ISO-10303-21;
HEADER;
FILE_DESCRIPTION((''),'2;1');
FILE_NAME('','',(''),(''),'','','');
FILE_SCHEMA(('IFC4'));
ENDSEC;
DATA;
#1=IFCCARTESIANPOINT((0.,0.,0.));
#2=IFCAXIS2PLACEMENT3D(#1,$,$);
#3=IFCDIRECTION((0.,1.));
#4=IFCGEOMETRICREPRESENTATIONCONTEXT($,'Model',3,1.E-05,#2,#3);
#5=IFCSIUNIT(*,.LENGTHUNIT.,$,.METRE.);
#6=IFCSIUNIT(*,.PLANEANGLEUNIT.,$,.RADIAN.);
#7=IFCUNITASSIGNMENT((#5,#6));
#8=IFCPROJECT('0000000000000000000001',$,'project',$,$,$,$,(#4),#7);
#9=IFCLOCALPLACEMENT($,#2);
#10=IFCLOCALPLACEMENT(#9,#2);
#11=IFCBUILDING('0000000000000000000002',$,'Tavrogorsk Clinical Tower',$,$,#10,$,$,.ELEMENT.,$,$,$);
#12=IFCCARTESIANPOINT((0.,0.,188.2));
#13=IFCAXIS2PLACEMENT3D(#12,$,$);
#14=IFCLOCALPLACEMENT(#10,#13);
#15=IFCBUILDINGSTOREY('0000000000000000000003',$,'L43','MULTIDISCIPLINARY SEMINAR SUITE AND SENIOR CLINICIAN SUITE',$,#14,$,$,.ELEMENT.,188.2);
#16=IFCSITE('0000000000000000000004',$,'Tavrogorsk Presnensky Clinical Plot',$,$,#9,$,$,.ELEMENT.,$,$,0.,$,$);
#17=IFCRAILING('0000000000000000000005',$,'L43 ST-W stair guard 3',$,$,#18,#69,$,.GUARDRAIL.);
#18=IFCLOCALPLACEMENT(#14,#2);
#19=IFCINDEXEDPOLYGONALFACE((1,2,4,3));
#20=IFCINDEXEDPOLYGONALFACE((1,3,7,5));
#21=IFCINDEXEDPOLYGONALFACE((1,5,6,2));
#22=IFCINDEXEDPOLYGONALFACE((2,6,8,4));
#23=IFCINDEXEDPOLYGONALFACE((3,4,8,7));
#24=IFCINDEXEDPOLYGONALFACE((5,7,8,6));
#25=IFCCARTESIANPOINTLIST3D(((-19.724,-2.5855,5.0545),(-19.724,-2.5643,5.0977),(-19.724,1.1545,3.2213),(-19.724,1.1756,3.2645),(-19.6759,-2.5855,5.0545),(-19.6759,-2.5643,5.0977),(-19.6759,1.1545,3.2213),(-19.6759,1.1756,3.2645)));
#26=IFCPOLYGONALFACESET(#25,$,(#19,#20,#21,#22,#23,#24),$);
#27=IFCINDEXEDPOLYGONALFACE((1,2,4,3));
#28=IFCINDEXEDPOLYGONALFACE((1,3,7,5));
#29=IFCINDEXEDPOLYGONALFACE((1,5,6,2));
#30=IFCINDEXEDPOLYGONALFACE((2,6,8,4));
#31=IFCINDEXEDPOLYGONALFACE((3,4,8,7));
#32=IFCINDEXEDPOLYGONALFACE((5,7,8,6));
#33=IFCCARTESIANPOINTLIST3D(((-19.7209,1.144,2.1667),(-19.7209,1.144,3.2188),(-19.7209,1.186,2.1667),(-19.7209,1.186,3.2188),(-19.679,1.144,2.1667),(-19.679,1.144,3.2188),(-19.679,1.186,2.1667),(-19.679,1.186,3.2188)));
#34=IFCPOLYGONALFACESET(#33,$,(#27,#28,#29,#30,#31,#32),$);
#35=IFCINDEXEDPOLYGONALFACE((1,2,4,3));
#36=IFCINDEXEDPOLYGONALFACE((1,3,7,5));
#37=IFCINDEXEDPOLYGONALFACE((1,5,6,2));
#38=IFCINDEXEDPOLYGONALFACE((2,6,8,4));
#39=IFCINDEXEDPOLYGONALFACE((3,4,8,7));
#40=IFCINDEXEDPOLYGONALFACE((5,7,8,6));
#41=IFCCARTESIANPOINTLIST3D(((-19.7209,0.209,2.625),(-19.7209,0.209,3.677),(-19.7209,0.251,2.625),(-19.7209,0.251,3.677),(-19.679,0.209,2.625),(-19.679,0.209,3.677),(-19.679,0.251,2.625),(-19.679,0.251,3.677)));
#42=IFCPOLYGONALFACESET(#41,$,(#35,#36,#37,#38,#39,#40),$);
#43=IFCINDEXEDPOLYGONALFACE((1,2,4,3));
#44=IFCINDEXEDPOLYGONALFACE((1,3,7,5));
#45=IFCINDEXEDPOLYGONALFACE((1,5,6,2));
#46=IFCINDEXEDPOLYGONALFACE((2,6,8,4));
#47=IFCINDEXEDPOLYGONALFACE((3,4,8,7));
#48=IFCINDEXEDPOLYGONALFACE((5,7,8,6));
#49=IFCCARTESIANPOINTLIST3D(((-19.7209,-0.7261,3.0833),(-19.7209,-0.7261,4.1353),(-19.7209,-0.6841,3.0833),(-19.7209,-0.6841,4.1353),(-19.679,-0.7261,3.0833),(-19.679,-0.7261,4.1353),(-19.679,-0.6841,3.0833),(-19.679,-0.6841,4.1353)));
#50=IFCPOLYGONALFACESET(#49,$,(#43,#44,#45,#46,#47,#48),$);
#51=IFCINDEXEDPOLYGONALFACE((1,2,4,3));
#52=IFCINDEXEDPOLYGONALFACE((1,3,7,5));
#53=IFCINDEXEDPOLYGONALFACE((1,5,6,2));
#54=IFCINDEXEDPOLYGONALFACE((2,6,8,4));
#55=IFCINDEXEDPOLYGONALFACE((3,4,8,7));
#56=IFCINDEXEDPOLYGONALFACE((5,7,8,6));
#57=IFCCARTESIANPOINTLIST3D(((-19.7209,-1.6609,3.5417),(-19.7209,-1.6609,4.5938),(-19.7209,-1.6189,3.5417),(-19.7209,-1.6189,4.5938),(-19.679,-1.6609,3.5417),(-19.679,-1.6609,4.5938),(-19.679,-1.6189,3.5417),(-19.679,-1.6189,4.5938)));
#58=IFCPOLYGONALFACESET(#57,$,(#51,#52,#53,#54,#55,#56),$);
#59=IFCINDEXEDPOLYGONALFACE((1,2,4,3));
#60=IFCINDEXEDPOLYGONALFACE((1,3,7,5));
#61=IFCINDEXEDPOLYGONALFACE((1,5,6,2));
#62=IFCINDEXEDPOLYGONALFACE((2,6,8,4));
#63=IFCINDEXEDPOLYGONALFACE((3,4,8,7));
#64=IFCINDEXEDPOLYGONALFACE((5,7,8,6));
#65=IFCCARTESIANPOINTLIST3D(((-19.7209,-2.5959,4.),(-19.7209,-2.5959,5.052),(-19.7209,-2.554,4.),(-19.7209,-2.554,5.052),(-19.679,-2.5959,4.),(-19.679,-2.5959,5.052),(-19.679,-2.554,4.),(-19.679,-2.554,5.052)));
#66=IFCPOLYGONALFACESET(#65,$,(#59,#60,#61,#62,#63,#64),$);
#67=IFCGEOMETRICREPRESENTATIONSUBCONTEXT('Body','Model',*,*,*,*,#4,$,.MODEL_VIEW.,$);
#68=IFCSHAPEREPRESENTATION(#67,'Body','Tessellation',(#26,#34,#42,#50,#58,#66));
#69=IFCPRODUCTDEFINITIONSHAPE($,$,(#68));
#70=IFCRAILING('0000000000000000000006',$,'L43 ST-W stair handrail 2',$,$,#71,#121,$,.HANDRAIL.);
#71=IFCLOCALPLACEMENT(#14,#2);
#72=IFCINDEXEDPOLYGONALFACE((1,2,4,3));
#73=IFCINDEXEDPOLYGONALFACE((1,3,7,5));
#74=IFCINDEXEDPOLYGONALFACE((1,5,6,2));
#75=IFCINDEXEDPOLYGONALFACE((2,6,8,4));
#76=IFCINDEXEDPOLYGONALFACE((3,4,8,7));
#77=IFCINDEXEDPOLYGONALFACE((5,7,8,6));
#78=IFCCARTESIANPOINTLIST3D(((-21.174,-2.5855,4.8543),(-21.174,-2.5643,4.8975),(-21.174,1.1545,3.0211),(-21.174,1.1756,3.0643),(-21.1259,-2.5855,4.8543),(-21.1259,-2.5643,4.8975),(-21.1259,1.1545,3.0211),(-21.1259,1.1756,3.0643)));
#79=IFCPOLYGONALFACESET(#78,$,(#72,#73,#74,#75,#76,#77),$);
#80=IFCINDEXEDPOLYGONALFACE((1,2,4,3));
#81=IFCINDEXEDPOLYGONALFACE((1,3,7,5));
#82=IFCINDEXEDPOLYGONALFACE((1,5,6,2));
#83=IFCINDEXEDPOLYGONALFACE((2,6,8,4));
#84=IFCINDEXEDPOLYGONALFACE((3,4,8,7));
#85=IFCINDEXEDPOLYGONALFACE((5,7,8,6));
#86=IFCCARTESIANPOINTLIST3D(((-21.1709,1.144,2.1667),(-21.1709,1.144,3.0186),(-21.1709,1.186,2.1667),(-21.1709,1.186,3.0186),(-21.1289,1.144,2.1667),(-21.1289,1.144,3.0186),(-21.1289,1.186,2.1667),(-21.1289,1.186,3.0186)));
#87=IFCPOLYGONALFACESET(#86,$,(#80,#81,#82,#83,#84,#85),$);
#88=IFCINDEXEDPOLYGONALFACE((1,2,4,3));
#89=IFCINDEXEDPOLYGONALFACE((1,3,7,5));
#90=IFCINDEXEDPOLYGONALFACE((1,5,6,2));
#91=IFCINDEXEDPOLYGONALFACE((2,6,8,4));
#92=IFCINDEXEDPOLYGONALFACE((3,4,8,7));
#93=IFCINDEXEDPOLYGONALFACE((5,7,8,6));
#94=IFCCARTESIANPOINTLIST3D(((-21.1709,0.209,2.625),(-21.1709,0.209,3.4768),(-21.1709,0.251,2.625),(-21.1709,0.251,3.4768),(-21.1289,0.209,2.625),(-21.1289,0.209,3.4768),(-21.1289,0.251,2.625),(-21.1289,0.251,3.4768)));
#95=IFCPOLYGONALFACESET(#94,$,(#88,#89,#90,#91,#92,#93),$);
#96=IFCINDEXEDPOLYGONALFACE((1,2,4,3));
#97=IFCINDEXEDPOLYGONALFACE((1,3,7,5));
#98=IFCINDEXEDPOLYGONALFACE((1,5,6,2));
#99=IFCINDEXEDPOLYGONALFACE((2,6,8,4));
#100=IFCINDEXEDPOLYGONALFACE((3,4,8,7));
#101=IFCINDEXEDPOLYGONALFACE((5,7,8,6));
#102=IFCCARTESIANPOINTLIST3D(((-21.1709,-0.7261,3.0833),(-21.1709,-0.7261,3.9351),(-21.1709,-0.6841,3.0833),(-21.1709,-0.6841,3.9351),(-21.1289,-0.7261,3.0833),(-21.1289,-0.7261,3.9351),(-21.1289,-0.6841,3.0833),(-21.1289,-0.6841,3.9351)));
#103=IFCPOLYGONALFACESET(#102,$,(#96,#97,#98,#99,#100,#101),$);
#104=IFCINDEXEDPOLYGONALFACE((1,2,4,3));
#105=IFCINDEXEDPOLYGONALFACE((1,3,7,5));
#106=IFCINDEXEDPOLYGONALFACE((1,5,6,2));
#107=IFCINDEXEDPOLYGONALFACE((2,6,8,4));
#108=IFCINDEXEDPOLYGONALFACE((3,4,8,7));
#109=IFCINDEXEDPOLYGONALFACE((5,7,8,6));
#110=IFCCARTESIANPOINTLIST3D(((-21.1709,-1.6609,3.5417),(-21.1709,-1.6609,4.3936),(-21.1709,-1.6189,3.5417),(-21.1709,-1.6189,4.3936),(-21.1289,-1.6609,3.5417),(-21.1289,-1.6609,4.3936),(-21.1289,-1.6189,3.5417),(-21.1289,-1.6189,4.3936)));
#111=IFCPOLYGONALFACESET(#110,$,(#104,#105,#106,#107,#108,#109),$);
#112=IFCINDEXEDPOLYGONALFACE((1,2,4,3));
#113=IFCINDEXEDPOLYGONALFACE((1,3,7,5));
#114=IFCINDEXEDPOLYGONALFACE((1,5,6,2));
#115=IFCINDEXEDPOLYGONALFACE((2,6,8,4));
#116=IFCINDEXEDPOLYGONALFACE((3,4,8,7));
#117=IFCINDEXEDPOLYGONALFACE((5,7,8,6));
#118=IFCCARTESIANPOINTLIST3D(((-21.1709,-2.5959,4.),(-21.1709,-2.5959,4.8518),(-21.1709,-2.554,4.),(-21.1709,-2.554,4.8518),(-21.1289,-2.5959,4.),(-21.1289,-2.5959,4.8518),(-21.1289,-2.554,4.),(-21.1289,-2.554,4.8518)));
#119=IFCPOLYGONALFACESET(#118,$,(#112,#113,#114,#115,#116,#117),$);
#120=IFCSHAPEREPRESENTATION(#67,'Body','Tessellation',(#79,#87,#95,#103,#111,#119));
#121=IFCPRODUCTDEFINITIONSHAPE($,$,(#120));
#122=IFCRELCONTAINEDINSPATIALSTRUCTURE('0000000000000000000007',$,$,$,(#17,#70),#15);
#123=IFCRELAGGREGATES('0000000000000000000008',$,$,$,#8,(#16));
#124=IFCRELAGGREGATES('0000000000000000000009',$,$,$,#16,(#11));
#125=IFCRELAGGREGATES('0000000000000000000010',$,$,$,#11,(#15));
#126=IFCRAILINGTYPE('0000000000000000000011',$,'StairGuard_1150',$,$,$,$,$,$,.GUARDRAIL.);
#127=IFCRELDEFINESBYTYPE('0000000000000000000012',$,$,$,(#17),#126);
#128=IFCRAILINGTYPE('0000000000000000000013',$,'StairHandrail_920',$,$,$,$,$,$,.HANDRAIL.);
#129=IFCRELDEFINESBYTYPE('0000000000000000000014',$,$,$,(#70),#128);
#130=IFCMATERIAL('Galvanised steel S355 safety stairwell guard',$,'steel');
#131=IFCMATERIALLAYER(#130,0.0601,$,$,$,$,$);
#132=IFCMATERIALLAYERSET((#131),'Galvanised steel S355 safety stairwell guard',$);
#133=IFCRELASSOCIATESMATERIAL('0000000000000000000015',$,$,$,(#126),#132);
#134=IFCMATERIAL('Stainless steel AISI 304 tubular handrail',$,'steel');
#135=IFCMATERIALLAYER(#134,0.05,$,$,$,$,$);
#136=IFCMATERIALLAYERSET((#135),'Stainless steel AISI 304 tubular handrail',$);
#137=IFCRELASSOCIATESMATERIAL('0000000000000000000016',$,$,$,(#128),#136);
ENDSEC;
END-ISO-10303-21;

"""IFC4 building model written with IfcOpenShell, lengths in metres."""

from ifc_helpers import new_model, si_unit, direction, frame, origin, origin_2d, place, context, subcontext, project, spatial, rectangle, extrude, material, layer, layer_set, type_object, element, save


model = new_model("IFC4")

# Units and contexts
model_context = context("Model", 3, precision=1e-05, world=origin(), true_north=direction((0.0, 1.0)))
body_context = subcontext(model_context, "Body", "Model", "MODEL_VIEW")
ifc_project = project(units=[si_unit("LENGTHUNIT", "METRE"), si_unit("PLANEANGLEUNIT", "RADIAN")], contexts=[model_context])

# Site, building, storey
site_placement = place(None, origin())
site = spatial("IfcSite", under=ifc_project, at=site_placement, Name="Tavrogorsk Presnensky Clinical Plot", CompositionType="ELEMENT", RefElevation=0.0)
building_placement = place(site_placement, origin())
building = spatial("IfcBuilding", under=site, at=building_placement, Name="Tavrogorsk Clinical Tower", CompositionType="ELEMENT")
storey_placement = place(building_placement, frame((0.0, 0.0, 188.2)))
storey = spatial("IfcBuildingStorey", under=building, at=storey_placement, Name="L43", Description="MULTIDISCIPLINARY SEMINAR SUITE AND SENIOR CLINICIAN SUITE", CompositionType="ELEMENT", Elevation=188.2)

# Railings
ifc_material_1 = material(Name="Galvanised steel S355 safety stairwell guard", Category="steel")
ifc_layer_1 = layer(ifc_material_1, 0.0601)
ifc_layer_set_1 = layer_set([ifc_layer_1], Name="Galvanised steel S355 safety stairwell guard")
railing_type_1 = type_object("IfcRailingType", Name="StairGuard_1150", PredefinedType="GUARDRAIL", material=ifc_layer_set_1)
railing_1_placement = place(storey_placement, frame((-19.7, 1.165, 2.1667)))
element("IfcRailing", 1, at=railing_1_placement, inside=storey, type_object=railing_type_1, Name="L43 ST-W stair guard 3", PredefinedType="GUARDRAIL", context=body_context, shape_type="SweptSolid", body=[
    extrude(rectangle(XDim=0.0481, YDim=0.0481, at=origin_2d()), frame((0.0, 0.0, 1.0762), z_axis=(0.0, -0.897928, 0.440142), x_axis=(1.0, 0.0, 0.0)), (0.0, 0.0, 1.0), 4.165),
    extrude(rectangle(XDim=0.042, YDim=0.042, at=origin_2d()), origin(), (0.0, 0.0, 1.0), 1.052),
    extrude(rectangle(XDim=0.042, YDim=0.042, at=origin_2d()), frame((0.0, -0.9351, 0.4583)), (0.0, 0.0, 1.0), 1.052),
    extrude(rectangle(XDim=0.042, YDim=0.042, at=origin_2d()), frame((0.0, -1.8701, 0.9165)), (0.0, 0.0, 1.0), 1.052),
    extrude(rectangle(XDim=0.042, YDim=0.042, at=origin_2d()), frame((0.0, -2.8049, 1.375)), (0.0, 0.0, 1.0), 1.052),
    extrude(rectangle(XDim=0.042, YDim=0.042, at=origin_2d()), frame((0.0, -3.74, 1.8333)), (0.0, 0.0, 1.0), 1.052),
])
ifc_material_2 = material(Name="Stainless steel AISI 304 tubular handrail", Category="steel")
ifc_layer_2 = layer(ifc_material_2, 0.05)
ifc_layer_set_2 = layer_set([ifc_layer_2], Name="Stainless steel AISI 304 tubular handrail")
railing_type_2 = type_object("IfcRailingType", Name="StairHandrail_920", PredefinedType="HANDRAIL", material=ifc_layer_set_2)
railing_2_placement = place(storey_placement, frame((-21.1499, 1.165, 2.1667)))
element("IfcRailing", 2, at=railing_2_placement, inside=storey, type_object=railing_type_2, Name="L43 ST-W stair handrail 2", PredefinedType="HANDRAIL", context=body_context, shape_type="SweptSolid", body=[
    extrude(rectangle(XDim=0.0481, YDim=0.0481, at=origin_2d()), frame((0.0, 0.0, 0.876), z_axis=(0.0, -0.897928, 0.440142), x_axis=(1.0, 0.0, 0.0)), (0.0, 0.0, 1.0), 4.165),
    extrude(rectangle(XDim=0.042, YDim=0.042, at=origin_2d()), origin(), (0.0, 0.0, 1.0), 0.8518),
    extrude(rectangle(XDim=0.042, YDim=0.042, at=origin_2d()), frame((0.0, -0.9351, 0.4583)), (0.0, 0.0, 1.0), 0.8518),
    extrude(rectangle(XDim=0.042, YDim=0.042, at=origin_2d()), frame((0.0, -1.8701, 0.9165)), (0.0, 0.0, 1.0), 0.8518),
    extrude(rectangle(XDim=0.042, YDim=0.042, at=origin_2d()), frame((0.0, -2.8049, 1.375)), (0.0, 0.0, 1.0), 0.8518),
    extrude(rectangle(XDim=0.042, YDim=0.042, at=origin_2d()), frame((0.0, -3.74, 1.8333)), (0.0, 0.0, 1.0), 0.8518),
])

save(model, "model.ifc")
